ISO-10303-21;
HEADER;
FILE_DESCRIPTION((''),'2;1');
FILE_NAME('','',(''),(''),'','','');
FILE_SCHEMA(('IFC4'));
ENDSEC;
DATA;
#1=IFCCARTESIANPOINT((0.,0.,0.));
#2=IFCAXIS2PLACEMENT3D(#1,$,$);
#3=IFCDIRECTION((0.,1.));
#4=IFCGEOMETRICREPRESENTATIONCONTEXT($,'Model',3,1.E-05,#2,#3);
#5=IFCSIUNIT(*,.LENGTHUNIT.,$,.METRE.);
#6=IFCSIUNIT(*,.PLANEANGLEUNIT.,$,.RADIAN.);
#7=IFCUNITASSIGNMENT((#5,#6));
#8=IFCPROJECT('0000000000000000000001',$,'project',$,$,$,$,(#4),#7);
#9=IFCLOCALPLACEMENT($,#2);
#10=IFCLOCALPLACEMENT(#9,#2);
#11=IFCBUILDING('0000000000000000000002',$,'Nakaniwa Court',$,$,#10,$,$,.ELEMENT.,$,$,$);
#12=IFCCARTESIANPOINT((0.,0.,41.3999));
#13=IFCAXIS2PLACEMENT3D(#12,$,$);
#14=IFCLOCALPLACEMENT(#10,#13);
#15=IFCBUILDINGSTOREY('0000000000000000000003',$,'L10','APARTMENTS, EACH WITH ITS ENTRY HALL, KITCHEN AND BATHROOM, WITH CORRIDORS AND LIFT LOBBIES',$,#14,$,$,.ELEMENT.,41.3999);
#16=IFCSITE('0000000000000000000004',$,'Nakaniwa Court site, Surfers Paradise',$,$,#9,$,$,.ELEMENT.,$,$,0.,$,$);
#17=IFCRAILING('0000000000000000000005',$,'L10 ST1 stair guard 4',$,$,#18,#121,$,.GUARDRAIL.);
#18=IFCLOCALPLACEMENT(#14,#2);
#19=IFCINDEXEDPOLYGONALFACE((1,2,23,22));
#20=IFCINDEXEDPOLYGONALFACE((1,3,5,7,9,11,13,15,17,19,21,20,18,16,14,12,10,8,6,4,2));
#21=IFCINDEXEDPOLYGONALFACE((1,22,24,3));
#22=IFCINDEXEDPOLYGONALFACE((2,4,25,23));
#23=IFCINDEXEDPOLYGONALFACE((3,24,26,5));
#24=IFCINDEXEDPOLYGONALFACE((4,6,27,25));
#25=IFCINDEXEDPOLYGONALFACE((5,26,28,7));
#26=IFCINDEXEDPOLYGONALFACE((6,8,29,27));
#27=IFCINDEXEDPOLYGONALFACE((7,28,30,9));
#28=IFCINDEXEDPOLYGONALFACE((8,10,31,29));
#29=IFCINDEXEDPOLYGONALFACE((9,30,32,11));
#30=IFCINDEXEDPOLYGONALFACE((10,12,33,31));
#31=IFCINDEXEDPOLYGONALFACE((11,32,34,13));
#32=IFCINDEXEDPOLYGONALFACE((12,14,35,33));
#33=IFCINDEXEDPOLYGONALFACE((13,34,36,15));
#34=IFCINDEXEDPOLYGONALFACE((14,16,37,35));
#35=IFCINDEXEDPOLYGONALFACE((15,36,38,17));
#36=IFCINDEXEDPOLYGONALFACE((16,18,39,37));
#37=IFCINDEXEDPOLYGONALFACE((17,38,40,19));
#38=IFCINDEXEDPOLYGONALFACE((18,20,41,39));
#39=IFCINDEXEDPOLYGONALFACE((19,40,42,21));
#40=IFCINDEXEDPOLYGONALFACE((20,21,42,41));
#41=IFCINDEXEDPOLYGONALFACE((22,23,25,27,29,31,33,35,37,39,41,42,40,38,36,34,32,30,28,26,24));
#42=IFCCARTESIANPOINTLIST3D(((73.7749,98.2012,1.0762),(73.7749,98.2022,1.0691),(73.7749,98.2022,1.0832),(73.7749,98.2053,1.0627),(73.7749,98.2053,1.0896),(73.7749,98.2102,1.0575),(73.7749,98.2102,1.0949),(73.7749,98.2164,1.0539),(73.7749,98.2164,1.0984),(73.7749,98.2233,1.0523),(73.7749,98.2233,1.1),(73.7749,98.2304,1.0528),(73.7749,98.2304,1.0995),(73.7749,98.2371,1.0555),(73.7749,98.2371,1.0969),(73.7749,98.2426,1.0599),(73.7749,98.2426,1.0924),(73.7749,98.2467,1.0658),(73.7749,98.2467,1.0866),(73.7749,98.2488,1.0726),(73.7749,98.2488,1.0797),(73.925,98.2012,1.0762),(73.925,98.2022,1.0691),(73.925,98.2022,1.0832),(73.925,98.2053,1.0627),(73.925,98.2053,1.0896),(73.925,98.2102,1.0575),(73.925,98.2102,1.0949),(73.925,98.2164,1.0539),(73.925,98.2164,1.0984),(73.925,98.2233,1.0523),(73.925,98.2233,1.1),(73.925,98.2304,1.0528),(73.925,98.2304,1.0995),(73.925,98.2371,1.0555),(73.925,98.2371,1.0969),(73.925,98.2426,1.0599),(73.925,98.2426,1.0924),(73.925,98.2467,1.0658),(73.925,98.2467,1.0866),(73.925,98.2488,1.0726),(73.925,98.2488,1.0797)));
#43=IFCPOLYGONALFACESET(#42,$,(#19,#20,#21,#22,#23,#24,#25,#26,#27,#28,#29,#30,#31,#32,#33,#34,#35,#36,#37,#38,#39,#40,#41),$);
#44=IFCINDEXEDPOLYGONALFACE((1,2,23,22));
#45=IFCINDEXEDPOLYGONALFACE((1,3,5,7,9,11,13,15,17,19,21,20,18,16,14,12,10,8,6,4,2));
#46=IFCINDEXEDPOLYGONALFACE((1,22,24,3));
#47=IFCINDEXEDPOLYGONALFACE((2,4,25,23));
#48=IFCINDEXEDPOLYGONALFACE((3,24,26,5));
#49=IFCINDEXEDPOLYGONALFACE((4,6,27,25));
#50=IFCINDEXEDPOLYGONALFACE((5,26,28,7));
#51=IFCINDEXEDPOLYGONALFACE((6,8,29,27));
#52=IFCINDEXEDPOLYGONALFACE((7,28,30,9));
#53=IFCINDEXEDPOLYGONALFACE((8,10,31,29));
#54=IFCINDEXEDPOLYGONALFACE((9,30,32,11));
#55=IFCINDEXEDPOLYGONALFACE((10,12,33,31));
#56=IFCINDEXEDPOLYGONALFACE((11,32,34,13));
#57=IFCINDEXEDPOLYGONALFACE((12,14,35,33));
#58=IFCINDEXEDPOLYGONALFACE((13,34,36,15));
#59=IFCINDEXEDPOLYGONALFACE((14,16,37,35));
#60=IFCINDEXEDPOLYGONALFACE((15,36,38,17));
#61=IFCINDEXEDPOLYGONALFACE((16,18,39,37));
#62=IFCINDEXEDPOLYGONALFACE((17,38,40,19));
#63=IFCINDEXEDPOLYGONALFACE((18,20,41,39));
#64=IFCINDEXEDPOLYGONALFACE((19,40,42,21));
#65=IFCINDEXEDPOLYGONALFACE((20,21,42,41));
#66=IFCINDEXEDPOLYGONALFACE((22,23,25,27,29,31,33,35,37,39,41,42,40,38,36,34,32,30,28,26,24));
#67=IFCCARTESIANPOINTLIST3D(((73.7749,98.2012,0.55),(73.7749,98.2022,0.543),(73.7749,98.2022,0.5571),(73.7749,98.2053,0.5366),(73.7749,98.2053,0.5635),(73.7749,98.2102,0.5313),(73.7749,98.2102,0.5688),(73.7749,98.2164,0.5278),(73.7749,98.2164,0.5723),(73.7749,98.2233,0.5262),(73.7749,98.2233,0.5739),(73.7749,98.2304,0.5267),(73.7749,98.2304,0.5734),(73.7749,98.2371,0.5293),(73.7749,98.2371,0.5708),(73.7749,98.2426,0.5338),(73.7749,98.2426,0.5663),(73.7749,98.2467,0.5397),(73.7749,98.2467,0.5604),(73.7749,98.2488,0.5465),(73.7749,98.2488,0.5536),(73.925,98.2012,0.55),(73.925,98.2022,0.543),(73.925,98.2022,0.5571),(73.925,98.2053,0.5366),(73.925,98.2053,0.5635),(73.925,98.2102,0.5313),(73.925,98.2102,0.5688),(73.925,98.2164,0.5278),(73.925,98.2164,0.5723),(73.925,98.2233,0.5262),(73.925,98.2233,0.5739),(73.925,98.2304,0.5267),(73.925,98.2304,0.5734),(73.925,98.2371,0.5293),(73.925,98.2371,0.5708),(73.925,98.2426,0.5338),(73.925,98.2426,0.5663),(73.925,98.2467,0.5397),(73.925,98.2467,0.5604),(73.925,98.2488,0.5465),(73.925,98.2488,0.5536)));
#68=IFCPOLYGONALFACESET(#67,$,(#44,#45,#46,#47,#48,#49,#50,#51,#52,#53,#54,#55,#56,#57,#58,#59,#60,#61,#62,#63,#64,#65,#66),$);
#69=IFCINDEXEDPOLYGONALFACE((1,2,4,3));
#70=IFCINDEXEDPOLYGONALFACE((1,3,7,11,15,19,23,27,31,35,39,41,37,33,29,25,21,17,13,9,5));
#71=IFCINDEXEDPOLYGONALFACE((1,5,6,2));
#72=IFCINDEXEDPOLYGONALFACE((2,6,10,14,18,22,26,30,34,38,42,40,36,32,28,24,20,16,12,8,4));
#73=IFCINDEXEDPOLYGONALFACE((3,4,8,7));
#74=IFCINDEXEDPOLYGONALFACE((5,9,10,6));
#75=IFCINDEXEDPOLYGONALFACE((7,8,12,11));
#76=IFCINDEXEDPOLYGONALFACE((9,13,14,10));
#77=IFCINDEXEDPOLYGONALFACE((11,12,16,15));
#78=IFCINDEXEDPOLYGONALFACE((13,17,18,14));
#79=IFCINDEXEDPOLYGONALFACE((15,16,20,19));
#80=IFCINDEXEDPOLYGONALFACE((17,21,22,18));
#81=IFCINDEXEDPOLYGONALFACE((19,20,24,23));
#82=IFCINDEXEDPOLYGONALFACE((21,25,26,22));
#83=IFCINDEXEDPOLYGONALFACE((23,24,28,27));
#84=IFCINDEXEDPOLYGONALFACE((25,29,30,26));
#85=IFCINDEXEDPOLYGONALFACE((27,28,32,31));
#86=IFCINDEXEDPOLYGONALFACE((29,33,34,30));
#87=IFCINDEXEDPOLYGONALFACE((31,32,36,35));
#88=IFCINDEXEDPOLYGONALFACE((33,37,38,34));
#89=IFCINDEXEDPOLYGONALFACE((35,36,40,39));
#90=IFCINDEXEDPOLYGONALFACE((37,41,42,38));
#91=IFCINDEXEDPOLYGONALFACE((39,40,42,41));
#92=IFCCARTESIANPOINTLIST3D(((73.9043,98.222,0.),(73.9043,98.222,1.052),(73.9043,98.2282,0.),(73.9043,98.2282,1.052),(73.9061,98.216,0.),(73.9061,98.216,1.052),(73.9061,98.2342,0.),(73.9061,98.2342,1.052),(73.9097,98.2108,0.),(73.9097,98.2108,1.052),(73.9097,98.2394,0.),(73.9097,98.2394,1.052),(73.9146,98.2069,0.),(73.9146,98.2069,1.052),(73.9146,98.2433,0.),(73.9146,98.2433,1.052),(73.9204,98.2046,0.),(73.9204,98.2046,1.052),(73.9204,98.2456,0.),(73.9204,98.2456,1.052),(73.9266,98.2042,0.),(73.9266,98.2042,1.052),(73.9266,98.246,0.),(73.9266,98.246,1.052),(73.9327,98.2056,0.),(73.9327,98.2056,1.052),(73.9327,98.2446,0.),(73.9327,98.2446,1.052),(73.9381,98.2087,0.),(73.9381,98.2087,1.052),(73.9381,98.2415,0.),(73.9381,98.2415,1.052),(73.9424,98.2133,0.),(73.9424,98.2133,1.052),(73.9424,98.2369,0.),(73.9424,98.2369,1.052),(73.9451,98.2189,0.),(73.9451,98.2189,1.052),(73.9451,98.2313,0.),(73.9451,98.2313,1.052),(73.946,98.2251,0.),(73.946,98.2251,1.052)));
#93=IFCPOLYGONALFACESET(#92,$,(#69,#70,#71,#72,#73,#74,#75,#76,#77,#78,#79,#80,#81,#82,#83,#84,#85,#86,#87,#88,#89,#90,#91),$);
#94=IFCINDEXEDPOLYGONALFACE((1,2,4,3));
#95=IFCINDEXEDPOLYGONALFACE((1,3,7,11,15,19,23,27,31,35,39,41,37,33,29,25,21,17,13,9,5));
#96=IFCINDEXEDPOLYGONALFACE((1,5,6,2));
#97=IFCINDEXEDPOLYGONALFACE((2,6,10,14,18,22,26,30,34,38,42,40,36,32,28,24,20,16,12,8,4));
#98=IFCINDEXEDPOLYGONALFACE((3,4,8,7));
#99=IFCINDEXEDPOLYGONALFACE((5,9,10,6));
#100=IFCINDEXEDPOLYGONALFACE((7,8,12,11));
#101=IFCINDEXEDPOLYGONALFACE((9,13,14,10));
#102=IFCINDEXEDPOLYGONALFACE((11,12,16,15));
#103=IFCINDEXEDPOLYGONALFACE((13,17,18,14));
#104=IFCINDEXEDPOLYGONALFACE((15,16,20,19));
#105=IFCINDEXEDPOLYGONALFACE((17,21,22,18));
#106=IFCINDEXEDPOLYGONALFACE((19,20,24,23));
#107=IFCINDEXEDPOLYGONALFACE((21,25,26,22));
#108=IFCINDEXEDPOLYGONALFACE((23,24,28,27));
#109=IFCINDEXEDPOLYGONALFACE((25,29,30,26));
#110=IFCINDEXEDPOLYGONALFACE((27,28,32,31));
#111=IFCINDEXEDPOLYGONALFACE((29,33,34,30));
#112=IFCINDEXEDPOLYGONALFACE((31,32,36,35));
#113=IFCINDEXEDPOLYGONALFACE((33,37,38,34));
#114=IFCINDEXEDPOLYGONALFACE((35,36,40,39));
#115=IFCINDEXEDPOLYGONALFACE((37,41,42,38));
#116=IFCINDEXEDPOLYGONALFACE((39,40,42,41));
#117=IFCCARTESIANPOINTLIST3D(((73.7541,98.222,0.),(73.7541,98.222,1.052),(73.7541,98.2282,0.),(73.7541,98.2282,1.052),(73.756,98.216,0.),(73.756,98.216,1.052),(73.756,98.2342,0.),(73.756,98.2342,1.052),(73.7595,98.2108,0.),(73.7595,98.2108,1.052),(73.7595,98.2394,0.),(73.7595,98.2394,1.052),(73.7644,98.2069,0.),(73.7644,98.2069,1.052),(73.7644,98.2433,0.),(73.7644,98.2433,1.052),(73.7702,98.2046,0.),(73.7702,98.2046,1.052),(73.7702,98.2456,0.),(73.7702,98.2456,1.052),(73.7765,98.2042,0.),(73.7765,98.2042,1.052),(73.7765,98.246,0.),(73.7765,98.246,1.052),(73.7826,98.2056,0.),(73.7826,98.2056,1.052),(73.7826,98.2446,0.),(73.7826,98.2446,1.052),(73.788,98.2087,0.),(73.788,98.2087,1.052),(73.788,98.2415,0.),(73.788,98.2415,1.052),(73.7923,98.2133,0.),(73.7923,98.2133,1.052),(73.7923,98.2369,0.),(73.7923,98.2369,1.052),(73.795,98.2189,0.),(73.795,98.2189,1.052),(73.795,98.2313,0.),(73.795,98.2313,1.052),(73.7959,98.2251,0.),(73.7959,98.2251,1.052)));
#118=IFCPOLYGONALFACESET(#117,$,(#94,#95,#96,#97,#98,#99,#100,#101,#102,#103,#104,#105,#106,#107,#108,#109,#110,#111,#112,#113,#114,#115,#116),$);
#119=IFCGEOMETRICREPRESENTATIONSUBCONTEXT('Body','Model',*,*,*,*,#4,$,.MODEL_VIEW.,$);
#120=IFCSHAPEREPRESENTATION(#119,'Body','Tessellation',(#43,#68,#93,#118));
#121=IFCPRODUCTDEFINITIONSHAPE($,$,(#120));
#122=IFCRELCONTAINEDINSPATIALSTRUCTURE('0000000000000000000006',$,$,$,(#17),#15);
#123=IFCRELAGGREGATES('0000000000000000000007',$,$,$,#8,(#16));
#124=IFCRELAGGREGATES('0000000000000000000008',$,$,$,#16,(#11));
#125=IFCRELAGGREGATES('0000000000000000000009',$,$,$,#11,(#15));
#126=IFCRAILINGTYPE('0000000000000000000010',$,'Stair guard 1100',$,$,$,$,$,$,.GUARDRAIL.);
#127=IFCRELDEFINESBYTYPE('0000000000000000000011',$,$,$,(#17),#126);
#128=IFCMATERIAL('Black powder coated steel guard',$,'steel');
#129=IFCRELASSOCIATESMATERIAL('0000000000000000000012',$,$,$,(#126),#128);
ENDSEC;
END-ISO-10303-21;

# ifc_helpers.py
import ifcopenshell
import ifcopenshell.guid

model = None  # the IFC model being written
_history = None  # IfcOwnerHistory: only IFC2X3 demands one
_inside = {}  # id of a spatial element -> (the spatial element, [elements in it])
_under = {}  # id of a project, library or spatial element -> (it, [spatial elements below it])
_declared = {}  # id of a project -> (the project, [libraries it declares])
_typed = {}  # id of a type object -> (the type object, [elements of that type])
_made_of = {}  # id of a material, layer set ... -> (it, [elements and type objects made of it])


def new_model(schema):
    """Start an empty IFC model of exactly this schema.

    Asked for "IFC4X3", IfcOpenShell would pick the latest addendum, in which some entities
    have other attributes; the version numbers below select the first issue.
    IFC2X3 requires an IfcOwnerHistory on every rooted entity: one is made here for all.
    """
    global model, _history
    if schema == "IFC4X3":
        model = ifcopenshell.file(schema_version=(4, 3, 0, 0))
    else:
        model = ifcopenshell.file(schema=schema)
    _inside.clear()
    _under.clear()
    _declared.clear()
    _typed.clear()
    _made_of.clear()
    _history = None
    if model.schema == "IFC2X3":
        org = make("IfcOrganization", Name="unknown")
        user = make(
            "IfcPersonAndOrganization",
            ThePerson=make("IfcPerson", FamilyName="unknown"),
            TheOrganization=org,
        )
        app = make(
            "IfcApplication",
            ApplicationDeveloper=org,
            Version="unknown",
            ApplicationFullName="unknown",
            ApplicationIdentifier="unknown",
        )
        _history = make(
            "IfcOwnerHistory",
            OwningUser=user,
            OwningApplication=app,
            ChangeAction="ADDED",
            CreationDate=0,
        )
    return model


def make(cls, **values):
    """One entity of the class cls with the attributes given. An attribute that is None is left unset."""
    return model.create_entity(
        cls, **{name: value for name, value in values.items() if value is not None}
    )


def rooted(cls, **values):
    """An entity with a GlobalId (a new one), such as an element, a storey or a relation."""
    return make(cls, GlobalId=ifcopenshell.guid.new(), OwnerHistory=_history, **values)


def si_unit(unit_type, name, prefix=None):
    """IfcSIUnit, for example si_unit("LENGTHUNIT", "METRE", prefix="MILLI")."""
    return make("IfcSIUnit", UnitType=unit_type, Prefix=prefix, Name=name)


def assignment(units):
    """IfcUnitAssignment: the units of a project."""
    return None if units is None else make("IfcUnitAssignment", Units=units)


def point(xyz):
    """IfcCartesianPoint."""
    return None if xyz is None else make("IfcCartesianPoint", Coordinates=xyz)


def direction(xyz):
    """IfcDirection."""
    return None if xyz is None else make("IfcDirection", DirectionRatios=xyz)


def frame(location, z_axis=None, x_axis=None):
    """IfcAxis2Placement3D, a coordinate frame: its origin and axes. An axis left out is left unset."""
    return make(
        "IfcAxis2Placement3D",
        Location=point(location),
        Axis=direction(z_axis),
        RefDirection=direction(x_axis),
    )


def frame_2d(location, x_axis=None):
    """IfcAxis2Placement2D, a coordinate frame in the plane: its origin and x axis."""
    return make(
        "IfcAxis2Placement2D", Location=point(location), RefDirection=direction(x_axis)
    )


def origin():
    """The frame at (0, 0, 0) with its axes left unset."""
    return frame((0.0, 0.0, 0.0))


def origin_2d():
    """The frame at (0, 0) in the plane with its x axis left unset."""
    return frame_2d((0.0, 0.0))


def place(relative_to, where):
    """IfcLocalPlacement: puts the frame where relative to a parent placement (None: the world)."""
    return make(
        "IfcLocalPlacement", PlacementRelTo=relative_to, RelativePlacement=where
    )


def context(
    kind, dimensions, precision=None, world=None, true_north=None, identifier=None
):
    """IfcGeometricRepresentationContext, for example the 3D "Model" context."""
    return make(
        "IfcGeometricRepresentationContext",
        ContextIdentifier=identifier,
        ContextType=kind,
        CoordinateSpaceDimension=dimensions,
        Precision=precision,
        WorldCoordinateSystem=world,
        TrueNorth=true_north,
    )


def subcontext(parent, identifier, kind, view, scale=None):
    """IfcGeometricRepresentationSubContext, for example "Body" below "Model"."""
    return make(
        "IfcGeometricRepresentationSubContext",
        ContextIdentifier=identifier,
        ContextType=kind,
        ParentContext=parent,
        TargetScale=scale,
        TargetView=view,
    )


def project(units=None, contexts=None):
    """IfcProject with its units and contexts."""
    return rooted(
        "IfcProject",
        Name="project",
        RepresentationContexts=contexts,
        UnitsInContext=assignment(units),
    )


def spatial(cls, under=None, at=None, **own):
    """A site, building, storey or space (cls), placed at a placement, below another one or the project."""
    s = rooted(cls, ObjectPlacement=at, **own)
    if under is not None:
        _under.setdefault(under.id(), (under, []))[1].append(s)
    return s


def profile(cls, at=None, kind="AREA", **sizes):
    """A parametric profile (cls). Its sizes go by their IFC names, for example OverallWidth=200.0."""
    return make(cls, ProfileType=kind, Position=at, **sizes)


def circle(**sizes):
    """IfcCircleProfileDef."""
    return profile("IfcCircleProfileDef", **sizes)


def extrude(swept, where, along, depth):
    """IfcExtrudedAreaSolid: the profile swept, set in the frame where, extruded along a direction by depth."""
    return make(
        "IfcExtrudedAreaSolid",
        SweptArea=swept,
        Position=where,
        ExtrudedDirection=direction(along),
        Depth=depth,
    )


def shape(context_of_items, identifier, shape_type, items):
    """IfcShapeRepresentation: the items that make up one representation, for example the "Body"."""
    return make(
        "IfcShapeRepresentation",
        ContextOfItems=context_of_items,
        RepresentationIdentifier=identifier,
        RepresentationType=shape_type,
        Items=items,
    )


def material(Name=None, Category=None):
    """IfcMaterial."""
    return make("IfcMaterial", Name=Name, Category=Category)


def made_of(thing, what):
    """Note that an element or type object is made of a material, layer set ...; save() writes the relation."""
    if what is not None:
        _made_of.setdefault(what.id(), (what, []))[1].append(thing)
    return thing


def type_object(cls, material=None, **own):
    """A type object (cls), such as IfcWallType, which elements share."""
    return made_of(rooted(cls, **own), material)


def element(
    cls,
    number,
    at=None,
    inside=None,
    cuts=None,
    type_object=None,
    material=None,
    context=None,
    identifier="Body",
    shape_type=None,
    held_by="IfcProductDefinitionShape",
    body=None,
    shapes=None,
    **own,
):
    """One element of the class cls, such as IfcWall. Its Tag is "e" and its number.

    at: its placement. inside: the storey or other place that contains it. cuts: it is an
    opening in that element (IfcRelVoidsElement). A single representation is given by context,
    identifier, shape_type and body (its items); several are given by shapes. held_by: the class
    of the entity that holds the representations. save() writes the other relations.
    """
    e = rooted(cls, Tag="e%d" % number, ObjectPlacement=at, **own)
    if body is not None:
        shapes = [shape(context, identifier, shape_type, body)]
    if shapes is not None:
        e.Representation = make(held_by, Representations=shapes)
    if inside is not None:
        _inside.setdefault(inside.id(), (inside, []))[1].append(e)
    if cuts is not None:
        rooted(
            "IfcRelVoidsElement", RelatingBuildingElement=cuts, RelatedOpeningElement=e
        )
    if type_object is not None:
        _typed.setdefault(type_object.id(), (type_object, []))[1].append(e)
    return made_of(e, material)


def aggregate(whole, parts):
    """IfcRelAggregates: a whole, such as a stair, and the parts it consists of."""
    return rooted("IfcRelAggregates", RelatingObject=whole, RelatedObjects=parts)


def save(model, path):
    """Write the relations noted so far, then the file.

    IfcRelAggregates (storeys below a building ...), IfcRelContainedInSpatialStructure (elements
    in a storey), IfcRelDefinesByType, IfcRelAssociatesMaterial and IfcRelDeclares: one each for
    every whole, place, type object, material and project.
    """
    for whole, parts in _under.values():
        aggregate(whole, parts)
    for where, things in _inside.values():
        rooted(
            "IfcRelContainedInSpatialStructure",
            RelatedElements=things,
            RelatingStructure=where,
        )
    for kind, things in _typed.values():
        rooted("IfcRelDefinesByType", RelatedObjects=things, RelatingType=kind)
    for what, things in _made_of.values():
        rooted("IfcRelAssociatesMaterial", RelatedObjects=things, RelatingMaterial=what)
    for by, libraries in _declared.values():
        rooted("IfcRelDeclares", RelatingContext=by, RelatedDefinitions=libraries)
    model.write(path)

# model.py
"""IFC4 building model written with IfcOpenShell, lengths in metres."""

from ifc_helpers import new_model, si_unit, direction, frame, origin, origin_2d, place, context, subcontext, project, spatial, circle, extrude, material, type_object, element, save


model = new_model("IFC4")

# Units and contexts
model_context = context("Model", 3, precision=1e-05, world=origin(), true_north=direction((0.0, 1.0)))
body_context = subcontext(model_context, "Body", "Model", "MODEL_VIEW")
ifc_project = project(units=[si_unit("LENGTHUNIT", "METRE"), si_unit("PLANEANGLEUNIT", "RADIAN")], contexts=[model_context])

# Site, building, storey
site_placement = place(None, origin())
site = spatial("IfcSite", under=ifc_project, at=site_placement, Name="Nakaniwa Court site, Surfers Paradise", CompositionType="ELEMENT", RefElevation=0.0)
building_placement = place(site_placement, origin())
building = spatial("IfcBuilding", under=site, at=building_placement, Name="Nakaniwa Court", CompositionType="ELEMENT")
storey_placement = place(building_placement, frame((0.0, 0.0, 41.3999)))
storey = spatial("IfcBuildingStorey", under=building, at=storey_placement, Name="L10", Description="APARTMENTS, EACH WITH ITS ENTRY HALL, KITCHEN AND BATHROOM, WITH CORRIDORS AND LIFT LOBBIES", CompositionType="ELEMENT", Elevation=41.3999)

# Railing
ifc_material_1 = material(Name="Black powder coated steel guard", Category="steel")
railing_type_1 = type_object("IfcRailingType", Name="Stair guard 1100", PredefinedType="GUARDRAIL", material=ifc_material_1)
railing_1_placement = place(storey_placement, frame((73.925, 98.2251, 0.0)))
element("IfcRailing", 1, at=railing_1_placement, inside=storey, type_object=railing_type_1, Name="L10 ST1 stair guard 4", PredefinedType="GUARDRAIL", context=body_context, shape_type="SweptSolid", body=[
    extrude(circle(Radius=0.0239, at=origin_2d()), frame((0.0, 0.0, 1.0762), z_axis=(-1.0, 0.0, 0.0), x_axis=(0.0, -1.0, 0.0)), (0.0, 0.0, 1.0), 0.1501),
    extrude(circle(Radius=0.0239, at=origin_2d()), frame((0.0, 0.0, 0.55), z_axis=(-1.0, 0.0, 0.0), x_axis=(0.0, -1.0, 0.0)), (0.0, 0.0, 1.0), 0.1501),
    extrude(circle(Radius=0.021, at=origin_2d()), origin(), (0.0, 0.0, 1.0), 1.052),
    extrude(circle(Radius=0.021, at=origin_2d()), frame((-0.1501, 0.0, 0.0)), (0.0, 0.0, 1.0), 1.052),
])

save(model, "model.ifc")
